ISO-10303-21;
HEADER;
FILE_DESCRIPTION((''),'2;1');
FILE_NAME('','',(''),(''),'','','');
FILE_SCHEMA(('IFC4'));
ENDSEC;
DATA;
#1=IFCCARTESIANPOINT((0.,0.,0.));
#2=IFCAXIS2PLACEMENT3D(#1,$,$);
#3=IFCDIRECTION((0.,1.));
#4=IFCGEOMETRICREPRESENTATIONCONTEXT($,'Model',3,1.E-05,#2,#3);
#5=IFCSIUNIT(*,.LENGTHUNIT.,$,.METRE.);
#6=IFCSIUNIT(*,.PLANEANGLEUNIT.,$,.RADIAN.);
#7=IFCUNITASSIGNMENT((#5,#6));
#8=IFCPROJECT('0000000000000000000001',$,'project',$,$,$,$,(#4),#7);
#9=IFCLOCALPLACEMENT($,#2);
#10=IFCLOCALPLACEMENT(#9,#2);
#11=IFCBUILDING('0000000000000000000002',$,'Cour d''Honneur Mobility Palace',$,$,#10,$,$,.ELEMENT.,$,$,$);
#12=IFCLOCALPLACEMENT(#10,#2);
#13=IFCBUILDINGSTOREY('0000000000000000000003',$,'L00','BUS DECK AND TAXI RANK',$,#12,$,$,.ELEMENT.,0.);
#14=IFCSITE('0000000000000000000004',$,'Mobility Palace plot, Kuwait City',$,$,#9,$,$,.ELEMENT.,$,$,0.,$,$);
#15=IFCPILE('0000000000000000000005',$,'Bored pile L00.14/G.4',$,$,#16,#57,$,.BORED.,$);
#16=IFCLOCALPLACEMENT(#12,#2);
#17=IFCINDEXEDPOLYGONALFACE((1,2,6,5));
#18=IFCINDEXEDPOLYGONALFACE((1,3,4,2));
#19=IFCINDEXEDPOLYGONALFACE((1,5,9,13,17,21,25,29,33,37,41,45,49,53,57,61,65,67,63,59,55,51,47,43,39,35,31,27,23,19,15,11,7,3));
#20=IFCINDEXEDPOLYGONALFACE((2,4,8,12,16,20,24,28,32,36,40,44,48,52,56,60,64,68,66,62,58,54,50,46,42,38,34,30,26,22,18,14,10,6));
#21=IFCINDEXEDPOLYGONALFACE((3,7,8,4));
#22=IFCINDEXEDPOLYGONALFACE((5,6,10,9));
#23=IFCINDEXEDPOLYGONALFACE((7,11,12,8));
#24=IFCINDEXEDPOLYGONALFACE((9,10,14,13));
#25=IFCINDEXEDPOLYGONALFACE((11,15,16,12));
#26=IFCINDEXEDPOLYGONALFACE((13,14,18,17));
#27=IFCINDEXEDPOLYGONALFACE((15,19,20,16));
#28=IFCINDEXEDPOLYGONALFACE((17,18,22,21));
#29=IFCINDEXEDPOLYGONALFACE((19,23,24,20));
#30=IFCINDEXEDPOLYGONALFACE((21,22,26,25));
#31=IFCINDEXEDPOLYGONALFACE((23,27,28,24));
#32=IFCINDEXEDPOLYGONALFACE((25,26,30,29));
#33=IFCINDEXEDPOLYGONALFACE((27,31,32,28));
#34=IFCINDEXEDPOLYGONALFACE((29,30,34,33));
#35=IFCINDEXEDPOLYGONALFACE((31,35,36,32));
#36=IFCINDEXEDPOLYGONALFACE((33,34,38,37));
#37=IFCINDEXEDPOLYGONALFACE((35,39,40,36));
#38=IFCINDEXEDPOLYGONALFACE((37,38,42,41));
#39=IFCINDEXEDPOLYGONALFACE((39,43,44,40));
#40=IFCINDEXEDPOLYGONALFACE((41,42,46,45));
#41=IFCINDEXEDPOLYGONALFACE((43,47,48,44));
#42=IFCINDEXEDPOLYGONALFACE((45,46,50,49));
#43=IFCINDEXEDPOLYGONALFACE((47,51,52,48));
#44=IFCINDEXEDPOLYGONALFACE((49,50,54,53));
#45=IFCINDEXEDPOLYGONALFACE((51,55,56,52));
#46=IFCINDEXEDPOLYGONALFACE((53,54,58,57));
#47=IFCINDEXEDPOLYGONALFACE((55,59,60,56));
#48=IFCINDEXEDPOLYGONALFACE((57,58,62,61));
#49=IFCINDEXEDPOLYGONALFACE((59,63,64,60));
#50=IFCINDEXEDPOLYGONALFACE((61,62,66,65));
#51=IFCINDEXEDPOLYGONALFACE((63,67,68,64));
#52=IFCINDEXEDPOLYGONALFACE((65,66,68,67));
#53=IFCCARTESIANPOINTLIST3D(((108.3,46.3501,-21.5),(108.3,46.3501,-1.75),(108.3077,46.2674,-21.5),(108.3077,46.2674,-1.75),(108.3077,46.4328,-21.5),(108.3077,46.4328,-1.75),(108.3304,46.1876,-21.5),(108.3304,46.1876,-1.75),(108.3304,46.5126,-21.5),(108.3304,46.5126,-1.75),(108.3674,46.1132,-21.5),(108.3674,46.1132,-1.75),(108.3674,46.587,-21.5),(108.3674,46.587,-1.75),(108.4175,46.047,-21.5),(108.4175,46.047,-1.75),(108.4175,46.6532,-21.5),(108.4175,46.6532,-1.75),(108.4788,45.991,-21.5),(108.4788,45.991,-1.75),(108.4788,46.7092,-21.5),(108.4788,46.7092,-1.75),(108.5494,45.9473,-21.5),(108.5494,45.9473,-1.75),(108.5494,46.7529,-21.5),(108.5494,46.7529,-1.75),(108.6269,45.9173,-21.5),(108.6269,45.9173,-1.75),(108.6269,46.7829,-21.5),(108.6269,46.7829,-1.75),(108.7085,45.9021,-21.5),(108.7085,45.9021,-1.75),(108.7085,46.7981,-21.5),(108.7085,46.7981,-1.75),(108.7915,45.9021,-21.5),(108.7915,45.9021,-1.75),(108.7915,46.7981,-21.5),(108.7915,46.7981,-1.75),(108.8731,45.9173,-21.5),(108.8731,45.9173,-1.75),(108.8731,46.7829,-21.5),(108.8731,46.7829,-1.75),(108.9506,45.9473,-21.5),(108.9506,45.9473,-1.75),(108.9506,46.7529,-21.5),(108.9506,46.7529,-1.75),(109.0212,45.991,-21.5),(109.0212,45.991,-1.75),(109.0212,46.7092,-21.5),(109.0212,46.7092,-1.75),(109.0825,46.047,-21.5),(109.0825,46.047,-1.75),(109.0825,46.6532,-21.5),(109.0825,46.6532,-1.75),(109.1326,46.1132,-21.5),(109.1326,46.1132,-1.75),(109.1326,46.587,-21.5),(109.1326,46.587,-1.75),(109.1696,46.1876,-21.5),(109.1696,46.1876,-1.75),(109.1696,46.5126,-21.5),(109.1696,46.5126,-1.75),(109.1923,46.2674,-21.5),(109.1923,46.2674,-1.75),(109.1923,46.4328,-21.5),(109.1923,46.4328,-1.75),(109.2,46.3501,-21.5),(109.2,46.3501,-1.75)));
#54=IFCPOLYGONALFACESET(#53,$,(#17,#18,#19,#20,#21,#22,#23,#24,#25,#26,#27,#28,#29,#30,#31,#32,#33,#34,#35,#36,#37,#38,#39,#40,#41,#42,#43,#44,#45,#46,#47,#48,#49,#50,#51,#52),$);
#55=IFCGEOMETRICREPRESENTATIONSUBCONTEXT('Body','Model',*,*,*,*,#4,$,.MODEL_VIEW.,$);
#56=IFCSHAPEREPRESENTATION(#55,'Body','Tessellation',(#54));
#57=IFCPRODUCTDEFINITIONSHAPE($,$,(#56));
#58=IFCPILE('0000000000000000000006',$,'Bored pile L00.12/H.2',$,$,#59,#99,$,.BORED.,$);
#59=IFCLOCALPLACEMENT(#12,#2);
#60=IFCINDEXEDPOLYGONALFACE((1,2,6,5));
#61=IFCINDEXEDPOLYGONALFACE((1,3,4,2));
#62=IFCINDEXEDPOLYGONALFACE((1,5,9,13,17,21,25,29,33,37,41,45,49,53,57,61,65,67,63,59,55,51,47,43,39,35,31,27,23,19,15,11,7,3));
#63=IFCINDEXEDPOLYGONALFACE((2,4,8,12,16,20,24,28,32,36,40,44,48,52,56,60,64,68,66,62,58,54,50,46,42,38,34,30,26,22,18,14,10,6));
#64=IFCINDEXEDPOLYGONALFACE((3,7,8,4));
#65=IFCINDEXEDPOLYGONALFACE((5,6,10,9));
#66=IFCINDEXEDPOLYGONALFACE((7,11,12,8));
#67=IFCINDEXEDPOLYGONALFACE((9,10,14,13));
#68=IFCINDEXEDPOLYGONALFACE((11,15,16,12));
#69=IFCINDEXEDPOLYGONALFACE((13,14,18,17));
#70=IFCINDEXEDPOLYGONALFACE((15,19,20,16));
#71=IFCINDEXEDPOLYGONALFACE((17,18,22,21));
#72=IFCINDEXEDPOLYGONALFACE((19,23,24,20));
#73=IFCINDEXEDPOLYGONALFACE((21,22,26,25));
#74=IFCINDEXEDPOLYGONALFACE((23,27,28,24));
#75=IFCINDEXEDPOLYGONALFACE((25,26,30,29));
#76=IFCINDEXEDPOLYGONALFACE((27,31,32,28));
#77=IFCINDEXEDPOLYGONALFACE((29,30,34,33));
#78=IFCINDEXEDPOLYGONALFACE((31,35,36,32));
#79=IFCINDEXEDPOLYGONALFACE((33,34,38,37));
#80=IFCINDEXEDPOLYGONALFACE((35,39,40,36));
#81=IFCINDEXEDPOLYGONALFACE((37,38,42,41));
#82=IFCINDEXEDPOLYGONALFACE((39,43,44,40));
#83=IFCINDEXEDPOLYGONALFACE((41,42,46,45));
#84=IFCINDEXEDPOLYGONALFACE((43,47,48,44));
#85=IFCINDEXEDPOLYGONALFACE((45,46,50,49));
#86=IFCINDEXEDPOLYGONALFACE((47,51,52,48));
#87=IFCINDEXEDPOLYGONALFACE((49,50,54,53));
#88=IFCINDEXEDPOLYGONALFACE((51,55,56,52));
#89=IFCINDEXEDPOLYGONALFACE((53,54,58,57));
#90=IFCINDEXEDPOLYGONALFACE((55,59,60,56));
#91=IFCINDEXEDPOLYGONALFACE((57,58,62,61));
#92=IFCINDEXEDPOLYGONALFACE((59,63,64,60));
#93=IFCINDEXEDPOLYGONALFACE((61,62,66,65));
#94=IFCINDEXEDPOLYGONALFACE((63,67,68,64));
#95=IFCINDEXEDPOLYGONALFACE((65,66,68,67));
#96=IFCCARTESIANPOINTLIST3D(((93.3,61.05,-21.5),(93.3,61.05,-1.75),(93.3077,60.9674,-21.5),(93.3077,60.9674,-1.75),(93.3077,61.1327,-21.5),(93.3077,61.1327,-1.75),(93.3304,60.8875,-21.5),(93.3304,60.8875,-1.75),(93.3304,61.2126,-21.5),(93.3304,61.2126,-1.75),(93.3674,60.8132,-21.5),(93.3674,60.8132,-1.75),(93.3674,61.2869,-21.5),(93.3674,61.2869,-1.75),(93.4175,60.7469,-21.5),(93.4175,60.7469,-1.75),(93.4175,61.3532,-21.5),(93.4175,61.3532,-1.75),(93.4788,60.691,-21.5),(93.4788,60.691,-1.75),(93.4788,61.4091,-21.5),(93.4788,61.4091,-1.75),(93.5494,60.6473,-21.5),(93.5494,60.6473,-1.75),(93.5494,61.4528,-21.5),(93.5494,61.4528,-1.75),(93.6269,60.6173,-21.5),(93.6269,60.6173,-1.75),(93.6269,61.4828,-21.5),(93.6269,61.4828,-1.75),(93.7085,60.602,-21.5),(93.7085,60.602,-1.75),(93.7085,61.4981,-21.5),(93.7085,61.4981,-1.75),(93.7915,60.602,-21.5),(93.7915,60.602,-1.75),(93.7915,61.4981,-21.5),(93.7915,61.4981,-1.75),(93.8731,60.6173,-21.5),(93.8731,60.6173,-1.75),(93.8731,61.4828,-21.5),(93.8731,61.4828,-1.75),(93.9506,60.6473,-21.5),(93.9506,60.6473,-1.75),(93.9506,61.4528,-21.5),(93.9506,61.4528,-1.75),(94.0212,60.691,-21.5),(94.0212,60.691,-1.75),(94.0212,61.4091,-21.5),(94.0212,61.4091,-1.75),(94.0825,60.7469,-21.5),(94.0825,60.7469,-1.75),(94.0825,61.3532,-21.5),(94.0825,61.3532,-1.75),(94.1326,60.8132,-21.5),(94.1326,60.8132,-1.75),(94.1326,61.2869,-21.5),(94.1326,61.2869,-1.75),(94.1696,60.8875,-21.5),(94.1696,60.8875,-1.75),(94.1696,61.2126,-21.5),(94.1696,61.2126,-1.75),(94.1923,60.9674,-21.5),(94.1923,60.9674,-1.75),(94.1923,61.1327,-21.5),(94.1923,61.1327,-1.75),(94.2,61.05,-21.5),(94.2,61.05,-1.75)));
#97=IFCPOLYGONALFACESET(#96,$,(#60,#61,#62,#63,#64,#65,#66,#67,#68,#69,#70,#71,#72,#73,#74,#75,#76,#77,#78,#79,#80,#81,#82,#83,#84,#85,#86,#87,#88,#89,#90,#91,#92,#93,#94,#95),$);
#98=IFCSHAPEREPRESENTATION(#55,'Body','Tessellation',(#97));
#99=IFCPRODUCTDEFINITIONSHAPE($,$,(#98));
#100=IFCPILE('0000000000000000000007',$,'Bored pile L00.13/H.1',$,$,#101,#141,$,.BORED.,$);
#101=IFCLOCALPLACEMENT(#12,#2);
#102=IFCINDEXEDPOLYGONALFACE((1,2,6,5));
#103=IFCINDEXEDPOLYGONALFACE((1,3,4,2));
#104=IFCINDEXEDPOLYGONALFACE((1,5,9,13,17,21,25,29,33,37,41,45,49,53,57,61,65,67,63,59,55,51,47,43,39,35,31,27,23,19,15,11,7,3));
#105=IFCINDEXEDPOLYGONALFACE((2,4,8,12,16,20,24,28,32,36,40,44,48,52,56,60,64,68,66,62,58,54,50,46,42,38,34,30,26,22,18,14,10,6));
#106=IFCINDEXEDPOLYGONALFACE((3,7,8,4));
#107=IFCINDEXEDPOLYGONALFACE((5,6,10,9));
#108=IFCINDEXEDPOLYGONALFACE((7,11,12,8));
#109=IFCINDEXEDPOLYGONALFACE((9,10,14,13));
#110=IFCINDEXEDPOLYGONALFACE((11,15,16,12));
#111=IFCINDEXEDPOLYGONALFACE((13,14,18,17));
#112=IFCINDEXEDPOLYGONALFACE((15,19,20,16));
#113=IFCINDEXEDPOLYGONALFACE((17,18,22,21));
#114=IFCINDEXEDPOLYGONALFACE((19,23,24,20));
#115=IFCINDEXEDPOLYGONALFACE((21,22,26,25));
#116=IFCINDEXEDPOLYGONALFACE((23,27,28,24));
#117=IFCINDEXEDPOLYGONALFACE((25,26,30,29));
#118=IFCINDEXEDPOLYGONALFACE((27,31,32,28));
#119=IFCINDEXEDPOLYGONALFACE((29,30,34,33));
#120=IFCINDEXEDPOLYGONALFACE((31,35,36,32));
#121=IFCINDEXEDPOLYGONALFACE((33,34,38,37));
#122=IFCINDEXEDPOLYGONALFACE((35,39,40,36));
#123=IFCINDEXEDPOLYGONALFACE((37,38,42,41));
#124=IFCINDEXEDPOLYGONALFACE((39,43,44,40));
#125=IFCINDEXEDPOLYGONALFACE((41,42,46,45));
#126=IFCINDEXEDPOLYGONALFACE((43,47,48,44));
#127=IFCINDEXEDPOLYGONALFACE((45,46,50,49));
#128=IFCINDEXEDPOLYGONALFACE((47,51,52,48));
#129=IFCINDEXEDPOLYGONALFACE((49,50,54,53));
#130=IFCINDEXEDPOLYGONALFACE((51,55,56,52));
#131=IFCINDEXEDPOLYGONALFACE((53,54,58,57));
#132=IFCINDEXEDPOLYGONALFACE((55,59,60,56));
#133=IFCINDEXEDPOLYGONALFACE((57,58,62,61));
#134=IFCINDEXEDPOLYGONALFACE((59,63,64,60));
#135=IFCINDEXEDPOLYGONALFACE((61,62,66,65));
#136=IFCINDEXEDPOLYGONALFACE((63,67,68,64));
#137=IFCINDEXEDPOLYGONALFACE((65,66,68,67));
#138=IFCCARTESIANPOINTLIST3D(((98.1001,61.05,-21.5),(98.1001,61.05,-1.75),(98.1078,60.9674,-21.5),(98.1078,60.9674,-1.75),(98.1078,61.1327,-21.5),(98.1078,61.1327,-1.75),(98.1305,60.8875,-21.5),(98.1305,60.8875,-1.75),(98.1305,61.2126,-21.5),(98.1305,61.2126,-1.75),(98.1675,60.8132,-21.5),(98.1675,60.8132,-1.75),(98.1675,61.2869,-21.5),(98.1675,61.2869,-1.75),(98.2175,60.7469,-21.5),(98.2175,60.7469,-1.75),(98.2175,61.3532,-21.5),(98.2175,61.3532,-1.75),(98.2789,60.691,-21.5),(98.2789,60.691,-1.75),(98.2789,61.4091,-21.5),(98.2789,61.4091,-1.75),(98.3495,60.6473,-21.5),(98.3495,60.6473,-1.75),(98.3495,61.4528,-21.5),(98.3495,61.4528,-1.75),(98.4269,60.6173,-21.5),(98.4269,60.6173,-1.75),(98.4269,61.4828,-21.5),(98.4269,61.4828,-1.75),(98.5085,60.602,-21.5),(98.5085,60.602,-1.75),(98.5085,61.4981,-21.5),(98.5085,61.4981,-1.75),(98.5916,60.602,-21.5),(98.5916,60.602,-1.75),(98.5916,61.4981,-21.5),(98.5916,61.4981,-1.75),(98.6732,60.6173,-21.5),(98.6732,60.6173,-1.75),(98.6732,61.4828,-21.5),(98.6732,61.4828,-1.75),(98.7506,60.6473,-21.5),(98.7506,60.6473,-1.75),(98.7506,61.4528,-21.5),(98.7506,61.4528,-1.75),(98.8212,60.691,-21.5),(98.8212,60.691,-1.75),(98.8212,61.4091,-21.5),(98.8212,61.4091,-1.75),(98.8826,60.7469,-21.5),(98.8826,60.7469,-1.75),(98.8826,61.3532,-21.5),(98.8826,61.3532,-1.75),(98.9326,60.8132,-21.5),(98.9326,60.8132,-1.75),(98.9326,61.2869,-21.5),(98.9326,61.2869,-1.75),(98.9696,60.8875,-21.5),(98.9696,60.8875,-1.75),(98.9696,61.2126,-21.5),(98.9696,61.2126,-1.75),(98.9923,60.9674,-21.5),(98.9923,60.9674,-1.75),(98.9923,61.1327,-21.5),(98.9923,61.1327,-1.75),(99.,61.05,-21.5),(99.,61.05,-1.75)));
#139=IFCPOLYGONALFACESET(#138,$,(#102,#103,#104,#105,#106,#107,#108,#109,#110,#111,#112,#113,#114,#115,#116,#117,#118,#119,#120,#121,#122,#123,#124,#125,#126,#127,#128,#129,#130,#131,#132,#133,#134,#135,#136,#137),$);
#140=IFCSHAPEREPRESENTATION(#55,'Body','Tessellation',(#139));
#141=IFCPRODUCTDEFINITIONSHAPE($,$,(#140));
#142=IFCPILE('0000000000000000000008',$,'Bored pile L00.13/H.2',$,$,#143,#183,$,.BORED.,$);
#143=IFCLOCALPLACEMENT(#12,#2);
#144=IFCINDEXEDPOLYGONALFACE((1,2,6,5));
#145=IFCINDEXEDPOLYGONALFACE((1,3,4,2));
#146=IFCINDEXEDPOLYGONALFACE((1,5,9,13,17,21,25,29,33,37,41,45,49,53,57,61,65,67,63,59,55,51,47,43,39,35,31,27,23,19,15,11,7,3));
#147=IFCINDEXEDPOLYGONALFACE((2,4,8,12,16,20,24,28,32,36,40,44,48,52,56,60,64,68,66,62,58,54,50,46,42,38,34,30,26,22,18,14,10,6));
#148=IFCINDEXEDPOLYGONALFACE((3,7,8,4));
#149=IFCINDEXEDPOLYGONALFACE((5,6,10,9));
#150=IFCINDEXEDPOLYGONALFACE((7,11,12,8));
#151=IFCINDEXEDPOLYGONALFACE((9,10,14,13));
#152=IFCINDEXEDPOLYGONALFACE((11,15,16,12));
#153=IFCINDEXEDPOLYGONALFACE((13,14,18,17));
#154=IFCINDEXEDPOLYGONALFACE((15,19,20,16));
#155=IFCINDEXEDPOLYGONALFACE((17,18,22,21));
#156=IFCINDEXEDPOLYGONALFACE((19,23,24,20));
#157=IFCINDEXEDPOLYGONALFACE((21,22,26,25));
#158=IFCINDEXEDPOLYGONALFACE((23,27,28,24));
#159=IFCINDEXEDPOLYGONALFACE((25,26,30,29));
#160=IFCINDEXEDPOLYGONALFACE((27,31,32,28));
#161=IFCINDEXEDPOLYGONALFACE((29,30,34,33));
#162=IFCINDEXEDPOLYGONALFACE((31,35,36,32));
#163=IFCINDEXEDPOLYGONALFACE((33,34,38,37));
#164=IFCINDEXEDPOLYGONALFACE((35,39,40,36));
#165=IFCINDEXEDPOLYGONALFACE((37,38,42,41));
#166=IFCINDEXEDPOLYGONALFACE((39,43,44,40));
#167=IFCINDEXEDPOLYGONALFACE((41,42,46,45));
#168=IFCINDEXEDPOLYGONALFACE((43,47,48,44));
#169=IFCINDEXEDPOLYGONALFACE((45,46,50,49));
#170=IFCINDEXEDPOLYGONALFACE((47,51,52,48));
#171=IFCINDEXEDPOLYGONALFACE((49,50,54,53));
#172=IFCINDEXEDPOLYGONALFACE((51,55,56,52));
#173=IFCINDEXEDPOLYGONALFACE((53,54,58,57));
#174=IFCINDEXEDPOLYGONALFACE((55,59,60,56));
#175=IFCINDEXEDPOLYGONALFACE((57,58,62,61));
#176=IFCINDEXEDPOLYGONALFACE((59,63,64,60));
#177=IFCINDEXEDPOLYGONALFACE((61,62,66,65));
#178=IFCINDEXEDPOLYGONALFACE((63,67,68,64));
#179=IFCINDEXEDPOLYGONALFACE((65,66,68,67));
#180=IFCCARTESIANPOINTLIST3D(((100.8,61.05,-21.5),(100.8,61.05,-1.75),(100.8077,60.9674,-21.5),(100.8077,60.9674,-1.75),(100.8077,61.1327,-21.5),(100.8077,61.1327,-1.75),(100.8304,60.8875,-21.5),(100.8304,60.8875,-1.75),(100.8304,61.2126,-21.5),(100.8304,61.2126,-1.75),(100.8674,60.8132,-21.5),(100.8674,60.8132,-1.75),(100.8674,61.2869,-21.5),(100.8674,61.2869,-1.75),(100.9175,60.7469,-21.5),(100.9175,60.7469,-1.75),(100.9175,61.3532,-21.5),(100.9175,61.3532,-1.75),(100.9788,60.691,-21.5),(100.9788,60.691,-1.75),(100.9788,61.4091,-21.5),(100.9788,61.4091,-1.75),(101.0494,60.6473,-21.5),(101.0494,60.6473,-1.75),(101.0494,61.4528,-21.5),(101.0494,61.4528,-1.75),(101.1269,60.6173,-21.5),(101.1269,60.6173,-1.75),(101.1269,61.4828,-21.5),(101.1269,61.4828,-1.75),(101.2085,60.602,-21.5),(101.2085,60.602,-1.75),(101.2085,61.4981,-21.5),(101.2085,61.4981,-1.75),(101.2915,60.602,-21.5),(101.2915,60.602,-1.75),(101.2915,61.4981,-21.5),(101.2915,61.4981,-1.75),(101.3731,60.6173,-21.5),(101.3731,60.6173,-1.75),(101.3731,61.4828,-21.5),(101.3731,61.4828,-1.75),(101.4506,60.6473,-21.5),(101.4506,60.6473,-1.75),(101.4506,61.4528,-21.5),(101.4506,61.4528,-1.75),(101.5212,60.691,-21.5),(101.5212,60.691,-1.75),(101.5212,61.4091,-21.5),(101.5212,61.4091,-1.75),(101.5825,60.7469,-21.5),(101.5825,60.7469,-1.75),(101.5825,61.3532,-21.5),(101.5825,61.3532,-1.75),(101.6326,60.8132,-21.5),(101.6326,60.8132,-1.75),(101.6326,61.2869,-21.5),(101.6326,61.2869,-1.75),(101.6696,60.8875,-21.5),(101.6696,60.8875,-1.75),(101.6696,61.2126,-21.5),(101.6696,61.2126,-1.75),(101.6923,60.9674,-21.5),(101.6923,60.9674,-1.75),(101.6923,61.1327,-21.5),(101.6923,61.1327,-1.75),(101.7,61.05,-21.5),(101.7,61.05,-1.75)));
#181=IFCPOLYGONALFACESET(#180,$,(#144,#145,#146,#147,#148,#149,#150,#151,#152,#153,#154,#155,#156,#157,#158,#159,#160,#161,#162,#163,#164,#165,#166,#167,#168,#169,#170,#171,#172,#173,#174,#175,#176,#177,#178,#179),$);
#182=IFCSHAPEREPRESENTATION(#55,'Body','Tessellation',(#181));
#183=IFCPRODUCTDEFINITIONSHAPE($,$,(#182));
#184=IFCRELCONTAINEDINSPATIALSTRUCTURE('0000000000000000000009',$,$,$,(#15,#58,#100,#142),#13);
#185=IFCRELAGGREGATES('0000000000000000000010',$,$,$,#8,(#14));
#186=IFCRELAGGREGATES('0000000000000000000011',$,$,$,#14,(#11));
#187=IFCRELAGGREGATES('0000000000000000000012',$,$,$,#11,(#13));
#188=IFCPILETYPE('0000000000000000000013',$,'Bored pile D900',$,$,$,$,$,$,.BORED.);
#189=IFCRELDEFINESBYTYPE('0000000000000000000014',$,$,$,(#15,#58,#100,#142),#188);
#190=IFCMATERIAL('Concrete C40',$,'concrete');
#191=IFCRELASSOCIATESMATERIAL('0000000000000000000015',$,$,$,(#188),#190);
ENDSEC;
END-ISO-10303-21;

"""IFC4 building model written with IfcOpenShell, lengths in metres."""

from ifc_helpers import new_model, si_unit, direction, frame, origin, origin_2d, place, context, subcontext, project, spatial, circle, extrude, material, material_profile, profile_set, type_object, element, save


model = new_model("IFC4")

# Units and contexts
model_context = context("Model", 3, precision=1e-05, world=origin(), true_north=direction((0.0, 1.0)))
body_context = subcontext(model_context, "Body", "Model", "MODEL_VIEW")
ifc_project = project(units=[si_unit("LENGTHUNIT", "METRE"), si_unit("PLANEANGLEUNIT", "RADIAN")], contexts=[model_context])

# Site, building, storey
site_placement = place(None, origin())
site = spatial("IfcSite", under=ifc_project, at=site_placement, Name="Mobility Palace plot, Kuwait City", CompositionType="ELEMENT", RefElevation=0.0)
building_placement = place(site_placement, origin())
building = spatial("IfcBuilding", under=site, at=building_placement, Name="Cour d'Honneur Mobility Palace", CompositionType="ELEMENT")
storey_placement = place(building_placement, origin())
storey = spatial("IfcBuildingStorey", under=building, at=storey_placement, Name="L00", Description="BUS DECK AND TAXI RANK", CompositionType="ELEMENT", Elevation=0.0)

# Piles
ifc_material_1 = material(Name="Concrete C40", Category="concrete")
ifc_material_profile_1 = material_profile(ifc_material_1, circle(Radius=0.45, at=origin_2d()), Name="Bored pile D900")
ifc_profile_set_1 = profile_set([ifc_material_profile_1], Name="Concrete C40")
pile_type = type_object("IfcPileType", Name="Bored pile D900", PredefinedType="BORED", material=ifc_profile_set_1)
for number, where, z_axis, x_axis, name in (
    (1, (108.75, 46.3501, -1.75), (0.0, 0.0, -1.0), (1.0, 0.0, 0.0), "Bored pile L00.14/G.4"),
    (2, (93.75, 61.05, -1.75), (0.0, 0.0, -1.0), (1.0, 0.0, 0.0), "Bored pile L00.12/H.2"),
    (3, (98.55, 61.05, -1.75), (0.0, 0.0, -1.0), (1.0, 0.0, 0.0), "Bored pile L00.13/H.1"),
    (4, (101.25, 61.05, -1.75), (0.0, 0.0, -1.0), (1.0, 0.0, 0.0), "Bored pile L00.13/H.2"),
):
    element("IfcPile", number, at=place(storey_placement, frame(where, z_axis=z_axis, x_axis=x_axis)), inside=storey, type_object=pile_type, Name=name, PredefinedType="BORED", context=body_context, shape_type="SweptSolid", body=[
        extrude(circle(Radius=0.45, at=origin_2d()), origin(), (0.0, 0.0, 1.0), 19.75),
    ])

save(model, "model.ifc")
